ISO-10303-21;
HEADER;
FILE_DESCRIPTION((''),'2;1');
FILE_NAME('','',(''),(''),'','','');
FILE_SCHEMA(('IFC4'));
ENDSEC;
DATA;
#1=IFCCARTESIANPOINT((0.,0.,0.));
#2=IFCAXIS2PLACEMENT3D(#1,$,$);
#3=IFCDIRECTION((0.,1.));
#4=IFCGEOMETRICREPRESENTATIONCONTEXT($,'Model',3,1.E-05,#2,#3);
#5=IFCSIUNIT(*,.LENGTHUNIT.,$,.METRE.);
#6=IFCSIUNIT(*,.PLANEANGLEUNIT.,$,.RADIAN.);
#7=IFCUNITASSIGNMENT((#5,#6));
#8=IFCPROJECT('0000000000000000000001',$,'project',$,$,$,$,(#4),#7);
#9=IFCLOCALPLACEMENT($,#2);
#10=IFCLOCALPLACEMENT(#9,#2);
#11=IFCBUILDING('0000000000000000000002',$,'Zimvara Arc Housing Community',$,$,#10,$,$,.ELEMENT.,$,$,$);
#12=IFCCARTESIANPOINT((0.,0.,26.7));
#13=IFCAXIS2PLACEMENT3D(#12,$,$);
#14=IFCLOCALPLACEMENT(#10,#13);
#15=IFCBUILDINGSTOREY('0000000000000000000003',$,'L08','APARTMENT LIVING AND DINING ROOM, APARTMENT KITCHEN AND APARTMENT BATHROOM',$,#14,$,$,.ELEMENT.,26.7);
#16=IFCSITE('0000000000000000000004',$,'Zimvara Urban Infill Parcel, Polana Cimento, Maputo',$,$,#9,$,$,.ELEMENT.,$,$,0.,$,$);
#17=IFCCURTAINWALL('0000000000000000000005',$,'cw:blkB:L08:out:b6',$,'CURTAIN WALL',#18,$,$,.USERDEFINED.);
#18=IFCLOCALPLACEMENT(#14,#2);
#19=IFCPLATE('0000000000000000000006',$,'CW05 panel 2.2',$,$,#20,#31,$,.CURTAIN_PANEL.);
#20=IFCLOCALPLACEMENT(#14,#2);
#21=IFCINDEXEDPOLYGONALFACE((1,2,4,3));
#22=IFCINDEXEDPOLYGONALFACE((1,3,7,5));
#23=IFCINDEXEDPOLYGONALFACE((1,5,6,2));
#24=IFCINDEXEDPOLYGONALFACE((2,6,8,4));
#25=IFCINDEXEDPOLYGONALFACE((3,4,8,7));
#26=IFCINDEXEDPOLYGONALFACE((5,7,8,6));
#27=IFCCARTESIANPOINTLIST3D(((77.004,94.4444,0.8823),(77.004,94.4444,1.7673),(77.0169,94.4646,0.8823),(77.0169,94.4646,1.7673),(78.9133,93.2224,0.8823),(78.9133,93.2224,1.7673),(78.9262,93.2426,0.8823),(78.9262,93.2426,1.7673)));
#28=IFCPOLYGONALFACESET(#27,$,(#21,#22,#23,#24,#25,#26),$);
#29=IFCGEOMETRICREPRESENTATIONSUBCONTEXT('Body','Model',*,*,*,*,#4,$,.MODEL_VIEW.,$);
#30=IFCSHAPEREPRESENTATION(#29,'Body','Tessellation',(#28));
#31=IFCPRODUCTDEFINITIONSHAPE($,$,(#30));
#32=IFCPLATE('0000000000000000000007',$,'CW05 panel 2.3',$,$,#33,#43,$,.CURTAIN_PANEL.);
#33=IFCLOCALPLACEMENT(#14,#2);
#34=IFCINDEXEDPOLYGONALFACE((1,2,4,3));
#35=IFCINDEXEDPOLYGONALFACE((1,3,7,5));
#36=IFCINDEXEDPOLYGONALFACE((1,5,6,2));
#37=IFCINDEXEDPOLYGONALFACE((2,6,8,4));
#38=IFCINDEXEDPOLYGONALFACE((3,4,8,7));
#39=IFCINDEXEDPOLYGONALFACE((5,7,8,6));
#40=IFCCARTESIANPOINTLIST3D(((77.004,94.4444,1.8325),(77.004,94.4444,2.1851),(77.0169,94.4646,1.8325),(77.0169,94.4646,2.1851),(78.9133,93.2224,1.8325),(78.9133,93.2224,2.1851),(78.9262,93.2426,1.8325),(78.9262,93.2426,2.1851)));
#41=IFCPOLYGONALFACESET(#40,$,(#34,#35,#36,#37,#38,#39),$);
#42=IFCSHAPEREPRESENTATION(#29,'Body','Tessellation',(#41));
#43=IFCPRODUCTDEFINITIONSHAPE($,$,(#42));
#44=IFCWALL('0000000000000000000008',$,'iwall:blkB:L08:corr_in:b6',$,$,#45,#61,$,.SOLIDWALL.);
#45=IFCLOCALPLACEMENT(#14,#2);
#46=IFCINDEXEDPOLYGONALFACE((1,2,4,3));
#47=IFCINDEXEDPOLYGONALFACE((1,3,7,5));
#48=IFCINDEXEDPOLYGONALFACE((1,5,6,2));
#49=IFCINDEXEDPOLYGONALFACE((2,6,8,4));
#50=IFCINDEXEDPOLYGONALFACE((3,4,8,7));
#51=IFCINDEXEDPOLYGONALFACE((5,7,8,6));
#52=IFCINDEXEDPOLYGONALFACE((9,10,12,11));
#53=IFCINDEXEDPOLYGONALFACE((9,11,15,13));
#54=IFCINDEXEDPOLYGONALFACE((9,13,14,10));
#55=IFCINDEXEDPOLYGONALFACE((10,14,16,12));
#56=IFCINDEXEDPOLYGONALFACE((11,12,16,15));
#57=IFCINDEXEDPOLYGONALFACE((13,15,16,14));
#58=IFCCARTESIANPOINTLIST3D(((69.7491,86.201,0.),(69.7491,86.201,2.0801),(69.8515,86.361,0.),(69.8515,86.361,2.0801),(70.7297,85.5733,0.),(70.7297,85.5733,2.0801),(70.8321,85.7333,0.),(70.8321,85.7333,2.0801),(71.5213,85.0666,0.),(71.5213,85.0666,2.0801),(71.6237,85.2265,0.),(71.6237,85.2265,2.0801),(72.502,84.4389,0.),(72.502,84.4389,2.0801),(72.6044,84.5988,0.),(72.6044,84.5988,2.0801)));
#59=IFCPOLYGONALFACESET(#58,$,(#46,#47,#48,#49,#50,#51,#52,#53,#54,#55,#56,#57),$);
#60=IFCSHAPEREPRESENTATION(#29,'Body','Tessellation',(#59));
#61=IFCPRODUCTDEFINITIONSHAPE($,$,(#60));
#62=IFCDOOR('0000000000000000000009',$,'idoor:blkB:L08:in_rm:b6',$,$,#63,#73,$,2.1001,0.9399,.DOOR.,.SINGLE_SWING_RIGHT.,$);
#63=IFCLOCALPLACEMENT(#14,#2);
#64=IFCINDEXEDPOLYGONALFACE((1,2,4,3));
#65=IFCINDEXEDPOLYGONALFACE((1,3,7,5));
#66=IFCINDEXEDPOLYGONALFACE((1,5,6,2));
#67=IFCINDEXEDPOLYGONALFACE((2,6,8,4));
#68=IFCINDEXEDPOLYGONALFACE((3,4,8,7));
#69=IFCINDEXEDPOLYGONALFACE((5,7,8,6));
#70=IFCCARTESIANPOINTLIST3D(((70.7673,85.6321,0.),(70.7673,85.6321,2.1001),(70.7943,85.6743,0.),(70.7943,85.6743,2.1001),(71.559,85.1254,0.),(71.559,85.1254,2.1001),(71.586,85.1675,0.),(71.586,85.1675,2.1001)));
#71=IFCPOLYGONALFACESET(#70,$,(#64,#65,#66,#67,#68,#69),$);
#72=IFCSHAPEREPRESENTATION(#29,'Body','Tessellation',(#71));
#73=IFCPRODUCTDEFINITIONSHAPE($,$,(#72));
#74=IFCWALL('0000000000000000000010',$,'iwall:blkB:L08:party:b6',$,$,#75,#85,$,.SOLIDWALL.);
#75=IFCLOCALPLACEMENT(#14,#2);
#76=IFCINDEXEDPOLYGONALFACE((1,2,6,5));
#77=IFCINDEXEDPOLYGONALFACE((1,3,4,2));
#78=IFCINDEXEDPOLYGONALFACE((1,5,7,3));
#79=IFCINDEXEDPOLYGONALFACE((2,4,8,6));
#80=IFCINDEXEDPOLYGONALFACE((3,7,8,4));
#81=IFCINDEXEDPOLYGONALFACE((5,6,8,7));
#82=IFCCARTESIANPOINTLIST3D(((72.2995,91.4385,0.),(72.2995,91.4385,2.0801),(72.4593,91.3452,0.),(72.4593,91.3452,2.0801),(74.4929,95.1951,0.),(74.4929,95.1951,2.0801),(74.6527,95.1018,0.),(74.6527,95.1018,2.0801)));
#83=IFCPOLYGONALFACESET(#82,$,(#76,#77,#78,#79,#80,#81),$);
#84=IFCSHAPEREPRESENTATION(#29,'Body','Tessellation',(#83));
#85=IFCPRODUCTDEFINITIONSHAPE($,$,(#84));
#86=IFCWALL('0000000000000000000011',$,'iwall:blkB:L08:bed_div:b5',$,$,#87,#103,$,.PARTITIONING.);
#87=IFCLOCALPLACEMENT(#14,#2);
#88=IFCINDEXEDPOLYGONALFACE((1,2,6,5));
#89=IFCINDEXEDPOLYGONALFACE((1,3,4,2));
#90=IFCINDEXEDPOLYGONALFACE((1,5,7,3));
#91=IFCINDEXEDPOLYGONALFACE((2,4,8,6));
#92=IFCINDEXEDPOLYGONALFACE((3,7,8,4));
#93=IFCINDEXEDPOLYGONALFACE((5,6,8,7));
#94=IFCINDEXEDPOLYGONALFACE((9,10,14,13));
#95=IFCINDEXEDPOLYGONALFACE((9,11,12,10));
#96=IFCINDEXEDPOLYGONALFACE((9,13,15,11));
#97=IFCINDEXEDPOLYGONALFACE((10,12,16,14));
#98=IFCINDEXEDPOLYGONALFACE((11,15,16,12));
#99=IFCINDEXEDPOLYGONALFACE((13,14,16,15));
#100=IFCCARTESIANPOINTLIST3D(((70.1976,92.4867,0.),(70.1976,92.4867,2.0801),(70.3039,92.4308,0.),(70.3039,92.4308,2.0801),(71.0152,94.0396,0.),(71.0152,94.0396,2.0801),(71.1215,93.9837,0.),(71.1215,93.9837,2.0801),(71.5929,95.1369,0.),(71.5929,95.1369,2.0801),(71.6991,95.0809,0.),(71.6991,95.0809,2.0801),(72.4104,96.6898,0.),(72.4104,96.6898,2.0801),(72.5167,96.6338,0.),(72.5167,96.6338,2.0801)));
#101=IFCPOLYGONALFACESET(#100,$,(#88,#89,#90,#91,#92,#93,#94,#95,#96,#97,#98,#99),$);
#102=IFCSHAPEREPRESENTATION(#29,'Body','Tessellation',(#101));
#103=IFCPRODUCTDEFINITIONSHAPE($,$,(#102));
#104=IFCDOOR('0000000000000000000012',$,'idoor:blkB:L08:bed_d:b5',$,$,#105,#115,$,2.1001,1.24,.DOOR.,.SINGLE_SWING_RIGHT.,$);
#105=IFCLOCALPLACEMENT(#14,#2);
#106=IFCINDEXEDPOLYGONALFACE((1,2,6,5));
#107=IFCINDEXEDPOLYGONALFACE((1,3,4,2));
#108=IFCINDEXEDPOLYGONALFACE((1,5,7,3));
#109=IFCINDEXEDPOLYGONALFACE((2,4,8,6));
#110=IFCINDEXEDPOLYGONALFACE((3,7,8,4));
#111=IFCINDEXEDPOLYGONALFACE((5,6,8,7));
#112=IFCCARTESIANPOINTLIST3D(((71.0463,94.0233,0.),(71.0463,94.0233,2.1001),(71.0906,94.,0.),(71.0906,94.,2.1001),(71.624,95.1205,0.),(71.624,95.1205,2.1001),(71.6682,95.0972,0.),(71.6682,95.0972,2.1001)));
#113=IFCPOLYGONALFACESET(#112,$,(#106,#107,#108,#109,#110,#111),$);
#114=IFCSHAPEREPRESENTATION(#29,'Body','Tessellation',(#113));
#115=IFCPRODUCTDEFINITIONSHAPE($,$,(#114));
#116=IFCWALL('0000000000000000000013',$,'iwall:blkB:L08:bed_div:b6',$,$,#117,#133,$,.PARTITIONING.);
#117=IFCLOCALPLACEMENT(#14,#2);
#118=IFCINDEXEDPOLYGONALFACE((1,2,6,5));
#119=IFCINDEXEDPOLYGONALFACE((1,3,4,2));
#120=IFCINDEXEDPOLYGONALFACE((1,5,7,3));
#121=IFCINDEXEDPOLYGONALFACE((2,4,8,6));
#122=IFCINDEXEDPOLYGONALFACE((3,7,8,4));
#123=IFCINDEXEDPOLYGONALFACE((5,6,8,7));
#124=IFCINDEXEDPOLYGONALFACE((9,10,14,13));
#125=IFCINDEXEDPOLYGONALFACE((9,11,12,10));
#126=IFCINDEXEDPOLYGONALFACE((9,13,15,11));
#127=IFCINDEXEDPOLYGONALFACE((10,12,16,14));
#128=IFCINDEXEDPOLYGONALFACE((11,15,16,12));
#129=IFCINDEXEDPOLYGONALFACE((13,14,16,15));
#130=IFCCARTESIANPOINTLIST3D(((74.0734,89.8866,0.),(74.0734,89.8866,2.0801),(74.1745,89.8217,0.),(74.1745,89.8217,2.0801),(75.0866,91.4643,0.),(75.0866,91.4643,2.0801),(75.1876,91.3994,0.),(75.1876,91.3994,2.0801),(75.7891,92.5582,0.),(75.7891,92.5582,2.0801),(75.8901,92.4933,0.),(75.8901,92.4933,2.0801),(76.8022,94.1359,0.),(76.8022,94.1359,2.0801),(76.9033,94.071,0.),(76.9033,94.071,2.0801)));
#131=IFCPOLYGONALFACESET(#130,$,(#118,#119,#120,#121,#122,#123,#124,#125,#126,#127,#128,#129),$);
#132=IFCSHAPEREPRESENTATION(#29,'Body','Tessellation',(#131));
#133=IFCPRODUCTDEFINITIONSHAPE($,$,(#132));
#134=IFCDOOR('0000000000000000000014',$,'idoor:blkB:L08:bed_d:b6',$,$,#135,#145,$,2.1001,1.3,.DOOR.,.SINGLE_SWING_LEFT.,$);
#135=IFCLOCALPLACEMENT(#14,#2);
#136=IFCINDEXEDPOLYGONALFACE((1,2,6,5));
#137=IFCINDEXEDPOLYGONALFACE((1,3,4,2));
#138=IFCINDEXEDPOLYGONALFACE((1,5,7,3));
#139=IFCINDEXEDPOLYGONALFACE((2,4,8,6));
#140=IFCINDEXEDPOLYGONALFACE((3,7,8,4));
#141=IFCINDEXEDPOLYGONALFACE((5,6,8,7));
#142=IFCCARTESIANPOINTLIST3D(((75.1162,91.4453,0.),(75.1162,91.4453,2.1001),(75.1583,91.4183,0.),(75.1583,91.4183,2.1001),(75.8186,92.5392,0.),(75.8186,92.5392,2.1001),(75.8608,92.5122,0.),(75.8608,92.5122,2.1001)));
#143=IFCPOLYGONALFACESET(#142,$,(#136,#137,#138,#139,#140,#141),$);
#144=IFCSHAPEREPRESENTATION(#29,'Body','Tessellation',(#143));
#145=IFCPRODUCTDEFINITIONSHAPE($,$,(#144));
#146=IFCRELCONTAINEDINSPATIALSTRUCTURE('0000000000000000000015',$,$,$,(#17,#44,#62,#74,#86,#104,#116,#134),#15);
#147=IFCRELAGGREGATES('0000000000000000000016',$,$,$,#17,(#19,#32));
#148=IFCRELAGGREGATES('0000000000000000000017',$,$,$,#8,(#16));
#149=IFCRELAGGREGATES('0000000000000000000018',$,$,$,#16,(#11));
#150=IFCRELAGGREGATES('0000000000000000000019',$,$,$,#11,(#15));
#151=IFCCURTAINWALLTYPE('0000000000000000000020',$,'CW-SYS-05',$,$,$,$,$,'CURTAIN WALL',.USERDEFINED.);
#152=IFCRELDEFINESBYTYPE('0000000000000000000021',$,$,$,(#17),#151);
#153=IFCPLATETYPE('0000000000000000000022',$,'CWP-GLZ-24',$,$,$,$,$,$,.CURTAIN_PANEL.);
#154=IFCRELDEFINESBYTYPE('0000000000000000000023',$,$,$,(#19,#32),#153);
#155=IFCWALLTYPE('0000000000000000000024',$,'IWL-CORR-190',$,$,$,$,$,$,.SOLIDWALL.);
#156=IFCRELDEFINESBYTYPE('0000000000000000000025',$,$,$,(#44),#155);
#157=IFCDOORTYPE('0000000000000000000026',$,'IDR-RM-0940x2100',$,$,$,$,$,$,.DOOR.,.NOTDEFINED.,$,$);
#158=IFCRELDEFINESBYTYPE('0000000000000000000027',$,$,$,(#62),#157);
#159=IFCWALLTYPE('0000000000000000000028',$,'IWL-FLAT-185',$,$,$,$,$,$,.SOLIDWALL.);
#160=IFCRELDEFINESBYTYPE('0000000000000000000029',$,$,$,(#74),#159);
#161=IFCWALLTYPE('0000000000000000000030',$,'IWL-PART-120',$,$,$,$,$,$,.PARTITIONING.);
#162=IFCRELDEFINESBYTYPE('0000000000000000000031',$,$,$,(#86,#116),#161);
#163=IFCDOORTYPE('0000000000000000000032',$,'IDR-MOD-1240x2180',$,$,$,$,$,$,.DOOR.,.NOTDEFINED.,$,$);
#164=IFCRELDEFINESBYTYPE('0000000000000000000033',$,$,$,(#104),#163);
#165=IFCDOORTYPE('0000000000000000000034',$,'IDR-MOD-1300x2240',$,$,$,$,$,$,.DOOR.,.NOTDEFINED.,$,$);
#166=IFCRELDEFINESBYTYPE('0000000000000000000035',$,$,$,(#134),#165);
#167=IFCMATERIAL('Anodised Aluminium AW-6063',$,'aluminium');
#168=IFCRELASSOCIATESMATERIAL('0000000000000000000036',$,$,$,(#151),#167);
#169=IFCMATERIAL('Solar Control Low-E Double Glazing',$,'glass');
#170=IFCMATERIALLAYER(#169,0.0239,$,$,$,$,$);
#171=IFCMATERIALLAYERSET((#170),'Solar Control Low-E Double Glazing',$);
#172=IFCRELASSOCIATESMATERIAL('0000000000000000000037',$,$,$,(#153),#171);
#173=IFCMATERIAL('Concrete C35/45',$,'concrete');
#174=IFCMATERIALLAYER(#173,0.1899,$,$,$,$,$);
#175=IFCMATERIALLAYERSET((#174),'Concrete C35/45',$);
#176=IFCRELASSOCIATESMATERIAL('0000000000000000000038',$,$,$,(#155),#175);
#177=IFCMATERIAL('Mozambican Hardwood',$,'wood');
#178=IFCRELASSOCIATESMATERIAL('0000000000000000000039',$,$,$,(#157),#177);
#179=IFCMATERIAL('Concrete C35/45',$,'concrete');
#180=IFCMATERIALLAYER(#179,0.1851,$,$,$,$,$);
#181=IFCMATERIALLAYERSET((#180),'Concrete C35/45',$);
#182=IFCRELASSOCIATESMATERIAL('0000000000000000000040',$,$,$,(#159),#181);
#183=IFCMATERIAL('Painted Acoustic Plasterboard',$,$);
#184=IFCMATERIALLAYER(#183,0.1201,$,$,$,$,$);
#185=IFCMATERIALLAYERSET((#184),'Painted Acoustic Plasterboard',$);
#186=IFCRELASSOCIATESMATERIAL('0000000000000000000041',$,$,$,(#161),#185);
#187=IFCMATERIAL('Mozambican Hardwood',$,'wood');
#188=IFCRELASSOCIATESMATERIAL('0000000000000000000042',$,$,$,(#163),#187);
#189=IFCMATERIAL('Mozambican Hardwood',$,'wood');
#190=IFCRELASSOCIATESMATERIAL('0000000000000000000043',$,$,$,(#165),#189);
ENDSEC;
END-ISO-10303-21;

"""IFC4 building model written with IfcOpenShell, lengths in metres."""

from ifc_helpers import new_model, si_unit, direction, frame, frame_2d, origin, origin_2d, place, context, subcontext, project, spatial, rectangle, extrude, material, layer, layer_set, type_object, element, fill, aggregate, save


model = new_model("IFC4")

# Units and contexts
model_context = context("Model", 3, precision=1e-05, world=origin(), true_north=direction((0.0, 1.0)))
body_context = subcontext(model_context, "Body", "Model", "MODEL_VIEW")
ifc_project = project(units=[si_unit("LENGTHUNIT", "METRE"), si_unit("PLANEANGLEUNIT", "RADIAN")], contexts=[model_context])

# Site, building, storey
site_placement = place(None, origin())
site = spatial("IfcSite", under=ifc_project, at=site_placement, Name="Zimvara Urban Infill Parcel, Polana Cimento, Maputo", CompositionType="ELEMENT", RefElevation=0.0)
building_placement = place(site_placement, origin())
building = spatial("IfcBuilding", under=site, at=building_placement, Name="Zimvara Arc Housing Community", CompositionType="ELEMENT")
storey_placement = place(building_placement, frame((0.0, 0.0, 26.7)))
storey = spatial("IfcBuildingStorey", under=building, at=storey_placement, Name="L08", Description="APARTMENT LIVING AND DINING ROOM, APARTMENT KITCHEN AND APARTMENT BATHROOM", CompositionType="ELEMENT", Elevation=26.7)

# Curtain wall, plates
ifc_material_1 = material(Name="Anodised Aluminium AW-6063", Category="aluminium")
curtain_wall_type = type_object("IfcCurtainWallType", Name="CW-SYS-05", ElementType="CURTAIN WALL", PredefinedType="USERDEFINED", material=ifc_material_1)
curtain_wall_placement = place(storey_placement, origin())
curtain_wall = element("IfcCurtainWall", 1, at=curtain_wall_placement, inside=storey, type_object=curtain_wall_type, Name="cw:blkB:L08:out:b6", ObjectType="CURTAIN WALL", PredefinedType="USERDEFINED")
ifc_material_2 = material(Name="Solar Control Low-E Double Glazing", Category="glass")
ifc_layer_1 = layer(ifc_material_2, 0.0239)
ifc_layer_set_1 = layer_set([ifc_layer_1], Name="Solar Control Low-E Double Glazing")
plate_type = type_object("IfcPlateType", Name="CWP-GLZ-24", PredefinedType="CURTAIN_PANEL", material=ifc_layer_set_1)
plate_1_placement = place(storey_placement, frame((77.9651, 93.8435, 0.8823), z_axis=(0.0, 0.0, 1.0), x_axis=(0.842264, -0.539065, 0.0)))
plate_1 = element("IfcPlate", 2, at=plate_1_placement, type_object=plate_type, Name="CW05 panel 2.2", PredefinedType="CURTAIN_PANEL", context=body_context, shape_type="SweptSolid", body=[
    extrude(rectangle(XDim=2.2668, YDim=0.0239, at=origin_2d()), origin(), (0.0, 0.0, 1.0), 0.885),
])
plate_2_placement = place(storey_placement, frame((77.9651, 93.8435, 1.8325), z_axis=(0.0, 0.0, 1.0), x_axis=(0.842264, -0.539065, 0.0)))
plate_2 = element("IfcPlate", 3, at=plate_2_placement, type_object=plate_type, Name="CW05 panel 2.3", PredefinedType="CURTAIN_PANEL", context=body_context, shape_type="SweptSolid", body=[
    extrude(rectangle(XDim=2.2668, YDim=0.0239, at=origin_2d()), origin(), (0.0, 0.0, 1.0), 0.3525),
])
aggregate(curtain_wall, [plate_1, plate_2])

# Wall, opening, door
ifc_material_3 = material(Name="Concrete C35/45", Category="concrete")
ifc_layer_2 = layer(ifc_material_3, 0.1899)
ifc_layer_set_2 = layer_set([ifc_layer_2], Name="Concrete C35/45")
wall_type_1 = type_object("IfcWallType", Name="IWL-CORR-190", PredefinedType="SOLIDWALL", material=ifc_layer_set_2)
wall_1_placement = place(storey_placement, frame((69.8003, 86.281, 0.0), z_axis=(0.0, 0.0, 1.0), x_axis=(0.842225, -0.539126, 0.0)))
wall_1 = element("IfcWall", 4, at=wall_1_placement, inside=storey, type_object=wall_type_1, Name="iwall:blkB:L08:corr_in:b6", PredefinedType="SOLIDWALL", context=body_context, shape_type="SweptSolid", body=[
    extrude(rectangle(XDim=3.2686, YDim=0.1899, at=frame_2d((1.6343, 0.0))), origin(), (0.0, 0.0, 1.0), 2.0801),
])
opening_1_placement = place(wall_1_placement, frame((1.1643, 0.0, 0.0)))
opening_1 = element("IfcOpeningElement", 5, at=opening_1_placement, cuts=wall_1, PredefinedType="OPENING", context=body_context, shape_type="SweptSolid", body=[
    extrude(rectangle(XDim=0.9399, YDim=2.1001, at=frame_2d((0.47, 1.05))), frame((0.0, 0.105, 0.0), z_axis=(0.0, -1.0, 0.0), x_axis=(1.0, 0.0, 0.0)), (0.0, 0.0, 1.0), 0.21),
])
ifc_material_4 = material(Name="Mozambican Hardwood", Category="wood")
door_type_1 = type_object("IfcDoorType", Name="IDR-RM-0940x2100", OperationType="NOTDEFINED", PredefinedType="DOOR", material=ifc_material_4)
door_1_placement = place(opening_1_placement, origin())
door_1 = element("IfcDoor", 6, at=door_1_placement, inside=storey, type_object=door_type_1, Name="idoor:blkB:L08:in_rm:b6", OperationType="SINGLE_SWING_RIGHT", OverallHeight=2.1001, OverallWidth=0.9399, PredefinedType="DOOR", context=body_context, shape_type="SweptSolid", body=[
    extrude(rectangle(XDim=0.9399, YDim=2.1001, at=frame_2d((0.47, 1.05))), frame((0.0, 0.0249, 0.0), z_axis=(0.0, -1.0, 0.0), x_axis=(1.0, 0.0, 0.0)), (0.0, 0.0, 1.0), 0.05),
])
fill(opening_1, door_1)

# Wall
ifc_material_5 = material(Name="Concrete C35/45", Category="concrete")
ifc_layer_3 = layer(ifc_material_5, 0.1851)
ifc_layer_set_3 = layer_set([ifc_layer_3], Name="Concrete C35/45")
wall_type_2 = type_object("IfcWallType", Name="IWL-FLAT-185", PredefinedType="SOLIDWALL", material=ifc_layer_set_3)
wall_2_placement = place(storey_placement, frame((72.3794, 91.3918, 0.0), z_axis=(0.0, 0.0, 1.0), x_axis=(0.504216, 0.863577, 0.0)))
element("IfcWall", 7, at=wall_2_placement, inside=storey, type_object=wall_type_2, Name="iwall:blkB:L08:party:b6", PredefinedType="SOLIDWALL", context=body_context, shape_type="SweptSolid", body=[
    extrude(rectangle(XDim=4.3501, YDim=0.1851, at=frame_2d((2.175, 0.0))), origin(), (0.0, 0.0, 1.0), 2.0801),
])

# Walls, openings, doors
ifc_material_6 = material(Name="Painted Acoustic Plasterboard")
ifc_layer_4 = layer(ifc_material_6, 0.1201)
ifc_layer_set_4 = layer_set([ifc_layer_4], Name="Painted Acoustic Plasterboard")
wall_type_3 = type_object("IfcWallType", Name="IWL-PART-120", PredefinedType="PARTITIONING", material=ifc_layer_set_4)
wall_3_placement = place(storey_placement, frame((70.2507, 92.4587, 0.0), z_axis=(0.0, 0.0, 1.0), x_axis=(0.465865, 0.884856, 0.0)))
wall_3 = element("IfcWall", 8, at=wall_3_placement, inside=storey, type_object=wall_type_3, Name="iwall:blkB:L08:bed_div:b5", PredefinedType="PARTITIONING", context=body_context, shape_type="SweptSolid", body=[
    extrude(rectangle(XDim=4.75, YDim=0.1201, at=frame_2d((2.375, 0.0))), origin(), (0.0, 0.0, 1.0), 2.0801),
])
opening_2_placement = place(wall_3_placement, frame((1.7549, 0.0, 0.0)))
opening_2 = element("IfcOpeningElement", 9, at=opening_2_placement, cuts=wall_3, PredefinedType="OPENING", context=body_context, shape_type="SweptSolid", body=[
    extrude(rectangle(XDim=1.24, YDim=2.1001, at=frame_2d((0.6201, 1.05))), frame((0.0, 0.0701, 0.0), z_axis=(0.0, -1.0, 0.0), x_axis=(1.0, 0.0, 0.0)), (0.0, 0.0, 1.0), 0.1401),
])
ifc_material_7 = material(Name="Mozambican Hardwood", Category="wood")
door_type_2 = type_object("IfcDoorType", Name="IDR-MOD-1240x2180", OperationType="NOTDEFINED", PredefinedType="DOOR", material=ifc_material_7)
door_2_placement = place(opening_2_placement, origin())
door_2 = element("IfcDoor", 10, at=door_2_placement, inside=storey, type_object=door_type_2, Name="idoor:blkB:L08:bed_d:b5", OperationType="SINGLE_SWING_RIGHT", OverallHeight=2.1001, OverallWidth=1.24, PredefinedType="DOOR", context=body_context, shape_type="SweptSolid", body=[
    extrude(rectangle(XDim=1.24, YDim=2.1001, at=frame_2d((0.6201, 1.05))), frame((0.0, 0.0249, 0.0), z_axis=(0.0, -1.0, 0.0), x_axis=(1.0, 0.0, 0.0)), (0.0, 0.0, 1.0), 0.05),
])
fill(opening_2, door_2)
wall_4_placement = place(storey_placement, frame((74.124, 89.8542, 0.0), z_axis=(0.0, 0.0, 1.0), x_axis=(0.540349, 0.841441, 0.0)))
wall_4 = element("IfcWall", 11, at=wall_4_placement, inside=storey, type_object=wall_type_3, Name="iwall:blkB:L08:bed_div:b6", PredefinedType="PARTITIONING", context=body_context, shape_type="SweptSolid", body=[
    extrude(rectangle(XDim=5.05, YDim=0.1201, at=frame_2d((2.5249, 0.0))), origin(), (0.0, 0.0, 1.0), 2.0801),
])
opening_3_placement = place(wall_4_placement, frame((1.875, 0.0, 0.0)))
opening_3 = element("IfcOpeningElement", 12, at=opening_3_placement, cuts=wall_4, PredefinedType="OPENING", context=body_context, shape_type="SweptSolid", body=[
    extrude(rectangle(XDim=1.3, YDim=2.1001, at=frame_2d((0.6499, 1.05))), frame((0.0, 0.0701, 0.0), z_axis=(0.0, -1.0, 0.0), x_axis=(1.0, 0.0, 0.0)), (0.0, 0.0, 1.0), 0.1401),
])
ifc_material_8 = material(Name="Mozambican Hardwood", Category="wood")
door_type_3 = type_object("IfcDoorType", Name="IDR-MOD-1300x2240", OperationType="NOTDEFINED", PredefinedType="DOOR", material=ifc_material_8)
door_3_placement = place(opening_3_placement, origin())
door_3 = element("IfcDoor", 13, at=door_3_placement, inside=storey, type_object=door_type_3, Name="idoor:blkB:L08:bed_d:b6", OperationType="SINGLE_SWING_LEFT", OverallHeight=2.1001, OverallWidth=1.3, PredefinedType="DOOR", context=body_context, shape_type="SweptSolid", body=[
    extrude(rectangle(XDim=1.3, YDim=2.1001, at=frame_2d((0.6499, 1.05))), frame((0.0, 0.0249, 0.0), z_axis=(0.0, -1.0, 0.0), x_axis=(1.0, 0.0, 0.0)), (0.0, 0.0, 1.0), 0.05),
])
fill(opening_3, door_3)

save(model, "model.ifc")
